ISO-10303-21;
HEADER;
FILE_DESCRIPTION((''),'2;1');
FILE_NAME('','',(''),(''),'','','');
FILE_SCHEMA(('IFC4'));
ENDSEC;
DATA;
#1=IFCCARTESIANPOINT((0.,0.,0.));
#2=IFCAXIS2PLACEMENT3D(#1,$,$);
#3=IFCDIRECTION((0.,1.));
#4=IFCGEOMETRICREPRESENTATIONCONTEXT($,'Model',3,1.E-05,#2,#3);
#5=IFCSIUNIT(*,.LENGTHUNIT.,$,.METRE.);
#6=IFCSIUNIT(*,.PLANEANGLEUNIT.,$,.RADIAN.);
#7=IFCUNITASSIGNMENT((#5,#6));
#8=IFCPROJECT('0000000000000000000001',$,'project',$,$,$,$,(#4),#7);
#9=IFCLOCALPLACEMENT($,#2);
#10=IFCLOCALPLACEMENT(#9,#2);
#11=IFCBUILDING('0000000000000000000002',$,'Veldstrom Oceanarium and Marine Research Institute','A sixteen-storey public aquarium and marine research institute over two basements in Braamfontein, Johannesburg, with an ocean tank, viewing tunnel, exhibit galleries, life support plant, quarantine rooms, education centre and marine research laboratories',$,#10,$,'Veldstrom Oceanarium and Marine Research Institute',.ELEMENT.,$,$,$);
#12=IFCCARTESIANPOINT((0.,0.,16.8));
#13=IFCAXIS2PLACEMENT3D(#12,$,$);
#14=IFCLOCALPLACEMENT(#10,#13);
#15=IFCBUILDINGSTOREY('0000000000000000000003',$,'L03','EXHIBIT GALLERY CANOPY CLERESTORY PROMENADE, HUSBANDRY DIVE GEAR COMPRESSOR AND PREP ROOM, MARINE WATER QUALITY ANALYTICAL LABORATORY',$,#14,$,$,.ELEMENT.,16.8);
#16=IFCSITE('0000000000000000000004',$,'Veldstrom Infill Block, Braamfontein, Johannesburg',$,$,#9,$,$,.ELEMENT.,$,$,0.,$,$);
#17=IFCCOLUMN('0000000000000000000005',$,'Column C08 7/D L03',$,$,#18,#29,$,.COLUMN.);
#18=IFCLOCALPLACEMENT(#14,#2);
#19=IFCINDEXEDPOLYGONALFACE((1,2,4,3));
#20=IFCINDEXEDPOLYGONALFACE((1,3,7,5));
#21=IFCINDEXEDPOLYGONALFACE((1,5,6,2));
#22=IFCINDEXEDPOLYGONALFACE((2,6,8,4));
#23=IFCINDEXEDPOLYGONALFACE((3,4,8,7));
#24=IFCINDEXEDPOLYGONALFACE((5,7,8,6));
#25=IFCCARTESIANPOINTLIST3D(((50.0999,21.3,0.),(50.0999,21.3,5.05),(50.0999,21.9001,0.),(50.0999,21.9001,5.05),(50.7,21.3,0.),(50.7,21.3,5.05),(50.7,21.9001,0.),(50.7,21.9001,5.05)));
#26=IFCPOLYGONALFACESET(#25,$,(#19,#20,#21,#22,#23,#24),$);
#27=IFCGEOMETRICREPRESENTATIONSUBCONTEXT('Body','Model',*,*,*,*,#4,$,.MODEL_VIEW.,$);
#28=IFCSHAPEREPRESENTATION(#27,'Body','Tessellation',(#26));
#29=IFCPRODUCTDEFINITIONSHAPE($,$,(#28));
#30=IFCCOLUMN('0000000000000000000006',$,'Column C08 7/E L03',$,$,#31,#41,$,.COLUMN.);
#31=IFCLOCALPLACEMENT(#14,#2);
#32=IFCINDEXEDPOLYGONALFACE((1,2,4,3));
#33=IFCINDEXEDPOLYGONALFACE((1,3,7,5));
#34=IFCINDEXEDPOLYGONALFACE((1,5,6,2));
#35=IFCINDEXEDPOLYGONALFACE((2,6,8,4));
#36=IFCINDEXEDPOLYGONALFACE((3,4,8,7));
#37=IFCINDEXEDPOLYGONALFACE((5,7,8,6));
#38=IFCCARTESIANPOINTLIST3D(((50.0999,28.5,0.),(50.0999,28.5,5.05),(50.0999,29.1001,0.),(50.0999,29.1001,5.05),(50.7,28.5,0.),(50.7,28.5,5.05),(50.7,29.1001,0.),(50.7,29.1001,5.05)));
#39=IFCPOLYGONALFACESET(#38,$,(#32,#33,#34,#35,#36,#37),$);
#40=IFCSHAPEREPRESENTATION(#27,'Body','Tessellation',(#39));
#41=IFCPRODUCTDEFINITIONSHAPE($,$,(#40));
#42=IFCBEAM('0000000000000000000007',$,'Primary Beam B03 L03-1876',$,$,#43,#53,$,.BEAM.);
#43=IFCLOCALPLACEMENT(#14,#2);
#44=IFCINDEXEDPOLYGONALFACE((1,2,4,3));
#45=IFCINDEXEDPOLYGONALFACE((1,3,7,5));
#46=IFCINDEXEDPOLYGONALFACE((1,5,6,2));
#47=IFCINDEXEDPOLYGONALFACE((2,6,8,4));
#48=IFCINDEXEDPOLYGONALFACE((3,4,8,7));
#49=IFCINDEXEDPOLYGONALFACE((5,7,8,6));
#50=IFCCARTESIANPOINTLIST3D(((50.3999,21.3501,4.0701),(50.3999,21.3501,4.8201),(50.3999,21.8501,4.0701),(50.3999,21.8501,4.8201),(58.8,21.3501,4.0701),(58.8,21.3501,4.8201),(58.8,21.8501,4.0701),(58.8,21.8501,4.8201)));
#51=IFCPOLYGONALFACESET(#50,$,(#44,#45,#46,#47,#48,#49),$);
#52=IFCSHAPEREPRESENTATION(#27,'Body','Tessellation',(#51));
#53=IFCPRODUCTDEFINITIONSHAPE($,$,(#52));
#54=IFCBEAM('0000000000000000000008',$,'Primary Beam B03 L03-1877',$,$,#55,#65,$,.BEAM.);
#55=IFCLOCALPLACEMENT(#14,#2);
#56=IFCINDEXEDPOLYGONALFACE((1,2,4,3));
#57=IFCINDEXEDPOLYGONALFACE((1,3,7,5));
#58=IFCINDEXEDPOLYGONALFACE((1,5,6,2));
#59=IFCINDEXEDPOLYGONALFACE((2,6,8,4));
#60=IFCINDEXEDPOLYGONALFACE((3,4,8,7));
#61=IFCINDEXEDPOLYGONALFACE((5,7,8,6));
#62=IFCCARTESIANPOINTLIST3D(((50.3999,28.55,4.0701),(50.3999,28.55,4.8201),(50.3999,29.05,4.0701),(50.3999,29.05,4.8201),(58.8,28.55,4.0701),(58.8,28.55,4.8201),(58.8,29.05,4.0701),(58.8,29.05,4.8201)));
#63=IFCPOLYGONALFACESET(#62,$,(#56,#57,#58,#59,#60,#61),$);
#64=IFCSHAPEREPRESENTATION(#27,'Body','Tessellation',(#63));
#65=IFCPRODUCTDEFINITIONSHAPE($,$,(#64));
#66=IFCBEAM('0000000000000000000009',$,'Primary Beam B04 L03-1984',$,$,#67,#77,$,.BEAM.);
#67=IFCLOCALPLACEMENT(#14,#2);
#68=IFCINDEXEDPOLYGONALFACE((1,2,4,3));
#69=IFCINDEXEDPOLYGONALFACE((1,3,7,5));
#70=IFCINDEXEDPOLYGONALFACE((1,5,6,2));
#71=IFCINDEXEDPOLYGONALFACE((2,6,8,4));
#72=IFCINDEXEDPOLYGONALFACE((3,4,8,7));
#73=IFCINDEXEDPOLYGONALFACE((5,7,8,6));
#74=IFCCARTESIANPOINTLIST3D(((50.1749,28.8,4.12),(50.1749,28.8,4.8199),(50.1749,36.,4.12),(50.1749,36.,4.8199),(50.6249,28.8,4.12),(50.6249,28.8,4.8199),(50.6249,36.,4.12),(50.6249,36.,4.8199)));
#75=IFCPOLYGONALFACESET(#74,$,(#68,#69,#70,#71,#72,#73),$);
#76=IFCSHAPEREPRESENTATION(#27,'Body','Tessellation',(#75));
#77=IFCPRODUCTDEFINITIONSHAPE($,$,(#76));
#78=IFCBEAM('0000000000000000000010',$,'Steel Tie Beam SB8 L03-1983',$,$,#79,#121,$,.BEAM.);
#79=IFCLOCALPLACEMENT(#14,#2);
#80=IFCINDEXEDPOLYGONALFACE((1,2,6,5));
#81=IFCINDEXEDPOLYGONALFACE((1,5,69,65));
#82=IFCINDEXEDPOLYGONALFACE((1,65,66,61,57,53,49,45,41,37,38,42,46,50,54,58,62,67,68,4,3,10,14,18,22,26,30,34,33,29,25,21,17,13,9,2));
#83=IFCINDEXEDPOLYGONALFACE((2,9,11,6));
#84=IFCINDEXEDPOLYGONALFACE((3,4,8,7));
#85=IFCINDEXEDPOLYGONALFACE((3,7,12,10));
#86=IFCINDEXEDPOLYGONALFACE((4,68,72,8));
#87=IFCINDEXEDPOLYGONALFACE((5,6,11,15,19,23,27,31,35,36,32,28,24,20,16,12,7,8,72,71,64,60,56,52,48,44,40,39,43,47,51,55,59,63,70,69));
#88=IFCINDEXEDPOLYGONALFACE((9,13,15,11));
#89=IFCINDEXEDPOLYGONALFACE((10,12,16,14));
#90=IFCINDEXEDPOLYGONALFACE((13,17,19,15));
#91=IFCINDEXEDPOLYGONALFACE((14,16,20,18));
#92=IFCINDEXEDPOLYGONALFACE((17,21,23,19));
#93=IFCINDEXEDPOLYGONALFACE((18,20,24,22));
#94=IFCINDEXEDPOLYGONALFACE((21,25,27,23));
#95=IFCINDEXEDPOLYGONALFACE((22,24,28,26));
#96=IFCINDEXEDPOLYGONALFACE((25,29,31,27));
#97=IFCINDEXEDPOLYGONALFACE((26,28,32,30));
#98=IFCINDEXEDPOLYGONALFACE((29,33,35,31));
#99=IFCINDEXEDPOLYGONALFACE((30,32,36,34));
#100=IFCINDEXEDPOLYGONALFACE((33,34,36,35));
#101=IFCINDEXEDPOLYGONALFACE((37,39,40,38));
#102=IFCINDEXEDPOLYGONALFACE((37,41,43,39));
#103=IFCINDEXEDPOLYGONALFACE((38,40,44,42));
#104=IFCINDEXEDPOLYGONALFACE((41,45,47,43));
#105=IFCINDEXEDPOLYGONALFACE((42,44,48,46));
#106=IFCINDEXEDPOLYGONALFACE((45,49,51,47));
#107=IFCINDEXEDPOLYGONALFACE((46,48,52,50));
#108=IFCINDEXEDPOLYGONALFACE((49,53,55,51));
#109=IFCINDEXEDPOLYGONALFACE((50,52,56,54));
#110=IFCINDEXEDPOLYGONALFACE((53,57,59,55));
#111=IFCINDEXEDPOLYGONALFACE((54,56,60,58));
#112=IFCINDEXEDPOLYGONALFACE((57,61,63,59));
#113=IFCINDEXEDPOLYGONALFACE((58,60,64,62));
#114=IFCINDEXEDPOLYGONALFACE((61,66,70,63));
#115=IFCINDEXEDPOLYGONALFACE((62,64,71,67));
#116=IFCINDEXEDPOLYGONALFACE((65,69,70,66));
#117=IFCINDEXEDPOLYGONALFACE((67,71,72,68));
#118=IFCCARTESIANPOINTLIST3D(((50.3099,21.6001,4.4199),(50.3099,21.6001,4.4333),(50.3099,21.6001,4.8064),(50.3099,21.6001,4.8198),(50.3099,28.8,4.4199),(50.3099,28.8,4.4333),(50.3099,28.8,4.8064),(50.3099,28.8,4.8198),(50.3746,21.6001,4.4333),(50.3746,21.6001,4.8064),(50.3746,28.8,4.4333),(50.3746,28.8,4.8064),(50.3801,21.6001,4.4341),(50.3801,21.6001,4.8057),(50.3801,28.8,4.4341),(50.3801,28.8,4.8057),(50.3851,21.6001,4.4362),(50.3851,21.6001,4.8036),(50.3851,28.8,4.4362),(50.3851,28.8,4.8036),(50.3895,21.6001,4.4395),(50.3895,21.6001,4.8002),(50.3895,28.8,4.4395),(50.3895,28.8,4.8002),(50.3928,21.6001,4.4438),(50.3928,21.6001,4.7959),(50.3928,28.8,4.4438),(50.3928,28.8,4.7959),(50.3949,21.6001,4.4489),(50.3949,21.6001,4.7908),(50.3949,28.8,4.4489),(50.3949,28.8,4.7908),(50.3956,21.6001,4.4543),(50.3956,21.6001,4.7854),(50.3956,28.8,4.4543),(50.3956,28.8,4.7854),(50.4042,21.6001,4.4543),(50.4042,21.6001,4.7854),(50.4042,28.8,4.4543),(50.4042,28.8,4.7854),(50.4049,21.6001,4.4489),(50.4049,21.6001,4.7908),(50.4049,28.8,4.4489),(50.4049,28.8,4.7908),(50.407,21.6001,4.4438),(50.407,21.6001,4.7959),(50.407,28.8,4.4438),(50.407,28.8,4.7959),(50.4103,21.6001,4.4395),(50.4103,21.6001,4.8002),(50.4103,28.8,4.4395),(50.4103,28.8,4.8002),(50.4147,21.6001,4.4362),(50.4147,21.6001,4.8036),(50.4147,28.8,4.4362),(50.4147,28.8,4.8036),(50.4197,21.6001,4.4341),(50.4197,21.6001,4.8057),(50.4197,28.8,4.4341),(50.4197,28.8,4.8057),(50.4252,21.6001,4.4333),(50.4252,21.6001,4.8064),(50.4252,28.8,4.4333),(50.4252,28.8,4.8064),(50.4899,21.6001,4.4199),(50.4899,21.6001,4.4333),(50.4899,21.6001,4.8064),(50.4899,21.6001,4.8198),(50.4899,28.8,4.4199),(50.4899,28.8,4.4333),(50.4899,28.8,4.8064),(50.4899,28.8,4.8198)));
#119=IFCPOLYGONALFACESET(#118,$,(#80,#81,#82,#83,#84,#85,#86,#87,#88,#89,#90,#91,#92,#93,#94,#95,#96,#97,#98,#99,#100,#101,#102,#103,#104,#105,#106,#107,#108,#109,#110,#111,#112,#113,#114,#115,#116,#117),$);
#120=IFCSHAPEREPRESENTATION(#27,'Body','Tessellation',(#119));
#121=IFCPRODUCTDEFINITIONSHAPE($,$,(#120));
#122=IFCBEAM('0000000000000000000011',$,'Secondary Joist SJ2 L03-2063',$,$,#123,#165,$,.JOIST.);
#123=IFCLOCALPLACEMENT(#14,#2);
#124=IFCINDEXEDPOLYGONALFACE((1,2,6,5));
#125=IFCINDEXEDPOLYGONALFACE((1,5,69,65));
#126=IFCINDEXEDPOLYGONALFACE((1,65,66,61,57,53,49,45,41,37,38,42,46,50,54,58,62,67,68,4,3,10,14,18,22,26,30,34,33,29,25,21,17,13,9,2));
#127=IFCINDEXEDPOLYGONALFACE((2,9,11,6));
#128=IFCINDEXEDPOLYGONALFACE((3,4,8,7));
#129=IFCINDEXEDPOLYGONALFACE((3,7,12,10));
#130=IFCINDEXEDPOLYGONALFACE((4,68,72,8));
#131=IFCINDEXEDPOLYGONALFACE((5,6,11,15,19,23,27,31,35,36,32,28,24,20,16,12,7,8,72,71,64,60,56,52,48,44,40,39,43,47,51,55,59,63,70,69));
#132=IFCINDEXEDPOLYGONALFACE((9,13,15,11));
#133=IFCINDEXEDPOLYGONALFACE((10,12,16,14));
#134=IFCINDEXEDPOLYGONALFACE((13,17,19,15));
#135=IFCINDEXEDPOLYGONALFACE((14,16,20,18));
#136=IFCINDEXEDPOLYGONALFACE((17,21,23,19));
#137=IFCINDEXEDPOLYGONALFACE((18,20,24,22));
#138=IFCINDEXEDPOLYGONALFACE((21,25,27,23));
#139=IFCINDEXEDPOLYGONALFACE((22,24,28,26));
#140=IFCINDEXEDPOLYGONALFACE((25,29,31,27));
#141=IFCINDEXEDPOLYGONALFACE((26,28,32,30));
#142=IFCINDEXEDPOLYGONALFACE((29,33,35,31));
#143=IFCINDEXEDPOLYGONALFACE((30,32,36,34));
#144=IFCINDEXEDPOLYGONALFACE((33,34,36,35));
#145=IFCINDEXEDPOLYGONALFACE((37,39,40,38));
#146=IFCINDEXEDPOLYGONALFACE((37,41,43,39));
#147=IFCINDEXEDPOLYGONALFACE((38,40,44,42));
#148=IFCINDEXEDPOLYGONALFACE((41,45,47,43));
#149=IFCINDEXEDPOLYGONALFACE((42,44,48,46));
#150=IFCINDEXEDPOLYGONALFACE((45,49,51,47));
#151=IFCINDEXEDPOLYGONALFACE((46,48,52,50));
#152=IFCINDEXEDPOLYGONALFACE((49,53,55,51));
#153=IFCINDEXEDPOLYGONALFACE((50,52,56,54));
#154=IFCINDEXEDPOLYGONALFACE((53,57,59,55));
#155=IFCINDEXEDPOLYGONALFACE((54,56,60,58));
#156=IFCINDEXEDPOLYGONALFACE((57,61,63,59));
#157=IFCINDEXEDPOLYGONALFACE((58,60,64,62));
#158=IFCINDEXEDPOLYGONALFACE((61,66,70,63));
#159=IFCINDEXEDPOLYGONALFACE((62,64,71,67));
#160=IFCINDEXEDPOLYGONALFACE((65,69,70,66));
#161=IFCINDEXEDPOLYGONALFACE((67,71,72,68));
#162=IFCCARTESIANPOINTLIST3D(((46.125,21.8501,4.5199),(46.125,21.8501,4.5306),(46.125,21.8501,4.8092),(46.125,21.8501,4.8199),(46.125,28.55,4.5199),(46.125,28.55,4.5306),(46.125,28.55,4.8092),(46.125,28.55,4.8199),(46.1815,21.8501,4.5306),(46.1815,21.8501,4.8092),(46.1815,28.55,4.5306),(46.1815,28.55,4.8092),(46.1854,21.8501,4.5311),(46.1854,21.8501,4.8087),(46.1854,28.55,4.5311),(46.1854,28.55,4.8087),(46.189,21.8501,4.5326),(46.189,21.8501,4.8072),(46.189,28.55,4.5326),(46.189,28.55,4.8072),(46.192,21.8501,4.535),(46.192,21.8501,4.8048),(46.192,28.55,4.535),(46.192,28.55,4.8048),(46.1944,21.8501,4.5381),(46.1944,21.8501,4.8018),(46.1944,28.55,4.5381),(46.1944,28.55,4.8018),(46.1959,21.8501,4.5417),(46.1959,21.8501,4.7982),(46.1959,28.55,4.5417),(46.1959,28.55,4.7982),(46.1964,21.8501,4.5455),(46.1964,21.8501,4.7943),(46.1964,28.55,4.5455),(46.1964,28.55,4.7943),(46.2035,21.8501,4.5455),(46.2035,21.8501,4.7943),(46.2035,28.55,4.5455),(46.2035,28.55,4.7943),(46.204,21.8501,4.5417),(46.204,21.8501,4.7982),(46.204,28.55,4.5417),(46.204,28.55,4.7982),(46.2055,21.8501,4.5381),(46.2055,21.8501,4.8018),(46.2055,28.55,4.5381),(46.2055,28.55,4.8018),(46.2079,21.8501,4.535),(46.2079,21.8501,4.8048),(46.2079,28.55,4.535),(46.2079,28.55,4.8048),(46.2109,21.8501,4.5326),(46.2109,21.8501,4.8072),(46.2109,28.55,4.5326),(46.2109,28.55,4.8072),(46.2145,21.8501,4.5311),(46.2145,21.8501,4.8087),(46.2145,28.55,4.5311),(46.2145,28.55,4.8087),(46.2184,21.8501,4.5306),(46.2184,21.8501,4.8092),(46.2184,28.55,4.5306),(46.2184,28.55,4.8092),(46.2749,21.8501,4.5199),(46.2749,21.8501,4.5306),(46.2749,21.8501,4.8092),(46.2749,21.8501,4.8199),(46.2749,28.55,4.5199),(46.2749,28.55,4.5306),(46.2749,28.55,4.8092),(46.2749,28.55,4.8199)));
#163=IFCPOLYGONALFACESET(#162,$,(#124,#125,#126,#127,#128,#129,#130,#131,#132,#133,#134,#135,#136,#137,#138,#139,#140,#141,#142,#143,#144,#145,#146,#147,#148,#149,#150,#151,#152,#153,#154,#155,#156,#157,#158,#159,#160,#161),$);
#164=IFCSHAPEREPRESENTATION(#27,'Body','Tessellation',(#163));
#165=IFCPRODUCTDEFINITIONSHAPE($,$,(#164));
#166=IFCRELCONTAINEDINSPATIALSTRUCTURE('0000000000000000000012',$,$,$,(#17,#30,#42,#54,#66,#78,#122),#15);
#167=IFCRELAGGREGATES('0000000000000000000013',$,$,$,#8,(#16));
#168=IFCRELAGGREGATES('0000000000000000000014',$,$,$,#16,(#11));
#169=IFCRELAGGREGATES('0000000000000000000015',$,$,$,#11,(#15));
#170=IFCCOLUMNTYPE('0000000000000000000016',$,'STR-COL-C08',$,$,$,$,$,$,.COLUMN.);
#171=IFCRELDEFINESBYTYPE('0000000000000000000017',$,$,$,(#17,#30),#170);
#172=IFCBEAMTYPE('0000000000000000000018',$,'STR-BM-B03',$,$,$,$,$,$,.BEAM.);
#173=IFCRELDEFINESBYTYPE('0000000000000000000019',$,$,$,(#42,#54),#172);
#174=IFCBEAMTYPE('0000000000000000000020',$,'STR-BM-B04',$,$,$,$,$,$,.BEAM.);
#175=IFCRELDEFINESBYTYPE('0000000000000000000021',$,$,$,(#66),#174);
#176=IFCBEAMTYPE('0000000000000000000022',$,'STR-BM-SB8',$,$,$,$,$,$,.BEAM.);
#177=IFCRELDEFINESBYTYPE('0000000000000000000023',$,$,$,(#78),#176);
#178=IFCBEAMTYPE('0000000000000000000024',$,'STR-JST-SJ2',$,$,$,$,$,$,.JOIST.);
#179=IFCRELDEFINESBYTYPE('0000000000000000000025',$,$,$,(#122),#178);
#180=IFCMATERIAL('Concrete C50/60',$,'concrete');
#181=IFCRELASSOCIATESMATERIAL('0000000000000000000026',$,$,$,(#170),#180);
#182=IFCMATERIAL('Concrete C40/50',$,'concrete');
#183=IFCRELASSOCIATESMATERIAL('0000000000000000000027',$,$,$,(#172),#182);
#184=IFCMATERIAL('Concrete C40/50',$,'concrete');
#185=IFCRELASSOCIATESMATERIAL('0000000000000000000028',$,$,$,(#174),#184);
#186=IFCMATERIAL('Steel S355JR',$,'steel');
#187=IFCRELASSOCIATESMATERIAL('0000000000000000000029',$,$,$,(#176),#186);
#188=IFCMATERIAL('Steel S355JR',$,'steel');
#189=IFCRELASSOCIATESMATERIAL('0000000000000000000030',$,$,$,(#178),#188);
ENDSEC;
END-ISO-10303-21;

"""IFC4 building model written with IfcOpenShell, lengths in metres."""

from ifc_helpers import new_model, si_unit, direction, frame, origin, origin_2d, place, context, subcontext, project, spatial, rectangle, i_section, extrude, material, material_profile, profile_set, type_object, element, save


model = new_model("IFC4")

# Units and contexts
model_context = context("Model", 3, precision=1e-05, world=origin(), true_north=direction((0.0, 1.0)))
body_context = subcontext(model_context, "Body", "Model", "MODEL_VIEW")
ifc_project = project(units=[si_unit("LENGTHUNIT", "METRE"), si_unit("PLANEANGLEUNIT", "RADIAN")], contexts=[model_context])

# Site, building, storey
site_placement = place(None, origin())
site = spatial("IfcSite", under=ifc_project, at=site_placement, Name="Veldstrom Infill Block, Braamfontein, Johannesburg", CompositionType="ELEMENT", RefElevation=0.0)
building_placement = place(site_placement, origin())
building = spatial("IfcBuilding", under=site, at=building_placement, Name="Veldstrom Oceanarium and Marine Research Institute", Description="A sixteen-storey public aquarium and marine research institute over two basements in Braamfontein, Johannesburg, with an ocean tank, viewing tunnel, exhibit galleries, life support plant, quarantine rooms, education centre and marine research laboratories", LongName="Veldstrom Oceanarium and Marine Research Institute", CompositionType="ELEMENT")
storey_placement = place(building_placement, frame((0.0, 0.0, 16.8)))
storey = spatial("IfcBuildingStorey", under=building, at=storey_placement, Name="L03", Description="EXHIBIT GALLERY CANOPY CLERESTORY PROMENADE, HUSBANDRY DIVE GEAR COMPRESSOR AND PREP ROOM, MARINE WATER QUALITY ANALYTICAL LABORATORY", CompositionType="ELEMENT", Elevation=16.8)

# Columns
ifc_material_1 = material(Name="Concrete C50/60", Category="concrete")
ifc_material_profile_1 = material_profile(ifc_material_1, rectangle(XDim=0.6001, YDim=0.6001, at=origin_2d()), Name="RC-COL-600x600")
ifc_profile_set_1 = profile_set([ifc_material_profile_1], Name="Concrete C50/60")
column_type = type_object("IfcColumnType", Name="STR-COL-C08", PredefinedType="COLUMN", material=ifc_profile_set_1)
for number, where, z_axis, x_axis, name in (
    (1, (50.3999, 21.6001, 0.0), (0.0, 0.0, 1.0), (1.0, 0.0, 0.0), "Column C08 7/D L03"),
    (2, (50.3999, 28.8, 0.0), (0.0, 0.0, 1.0), (1.0, 0.0, 0.0), "Column C08 7/E L03"),
):
    element("IfcColumn", number, at=place(storey_placement, frame(where, z_axis=z_axis, x_axis=x_axis)), inside=storey, type_object=column_type, Name=name, PredefinedType="COLUMN", context=body_context, shape_type="SweptSolid", body=[
        extrude(rectangle(XDim=0.6001, YDim=0.6001, at=origin_2d()), origin(), (0.0, 0.0, 1.0), 5.05),
    ])

# Beams
ifc_material_2 = material(Name="Concrete C40/50", Category="concrete")
ifc_material_profile_2 = material_profile(ifc_material_2, rectangle(XDim=0.5, YDim=0.75, at=origin_2d()), Name="RC-BM-500x750")
ifc_profile_set_2 = profile_set([ifc_material_profile_2], Name="Concrete C40/50")
beam_type_1 = type_object("IfcBeamType", Name="STR-BM-B03", PredefinedType="BEAM", material=ifc_profile_set_2)
for number, where, z_axis, x_axis, name in (
    (3, (50.3999, 21.6001, 4.4451), (1.0, 0.0, 0.0), (0.0, 1.0, 0.0), "Primary Beam B03 L03-1876"),
    (4, (50.3999, 28.8, 4.4451), (1.0, 0.0, 0.0), (0.0, 1.0, 0.0), "Primary Beam B03 L03-1877"),
):
    element("IfcBeam", number, at=place(storey_placement, frame(where, z_axis=z_axis, x_axis=x_axis)), inside=storey, type_object=beam_type_1, Name=name, PredefinedType="BEAM", context=body_context, shape_type="SweptSolid", body=[
        extrude(rectangle(XDim=0.5, YDim=0.75, at=origin_2d()), origin(), (0.0, 0.0, 1.0), 8.4001),
    ])
ifc_material_3 = material(Name="Concrete C40/50", Category="concrete")
ifc_material_profile_3 = material_profile(ifc_material_3, rectangle(XDim=0.45, YDim=0.7, at=origin_2d()), Name="RC-BM-450x700")
ifc_profile_set_3 = profile_set([ifc_material_profile_3], Name="Concrete C40/50")
beam_type_2 = type_object("IfcBeamType", Name="STR-BM-B04", PredefinedType="BEAM", material=ifc_profile_set_3)
beam_1_placement = place(storey_placement, frame((50.3999, 28.8, 4.47), z_axis=(0.0, 1.0, 0.0), x_axis=(-1.0, 0.0, 0.0)))
element("IfcBeam", 5, at=beam_1_placement, inside=storey, type_object=beam_type_2, Name="Primary Beam B04 L03-1984", PredefinedType="BEAM", context=body_context, shape_type="SweptSolid", body=[
    extrude(rectangle(XDim=0.45, YDim=0.7, at=origin_2d()), origin(), (0.0, 0.0, 1.0), 7.2),
])
ifc_material_4 = material(Name="Steel S355JR", Category="steel")
ifc_material_profile_4 = material_profile(ifc_material_4, i_section(OverallWidth=0.1799, OverallDepth=0.3999, WebThickness=0.0085, FlangeThickness=0.0134, FilletRadius=0.021, at=origin_2d()), Name="IPE 400")
ifc_profile_set_4 = profile_set([ifc_material_profile_4], Name="Steel S355JR")
beam_type_3 = type_object("IfcBeamType", Name="STR-BM-SB8", PredefinedType="BEAM", material=ifc_profile_set_4)
beam_2_placement = place(storey_placement, frame((50.3999, 21.6001, 4.6199), z_axis=(0.0, 1.0, 0.0), x_axis=(-1.0, 0.0, 0.0)))
element("IfcBeam", 6, at=beam_2_placement, inside=storey, type_object=beam_type_3, Name="Steel Tie Beam SB8 L03-1983", PredefinedType="BEAM", context=body_context, shape_type="SweptSolid", body=[
    extrude(i_section(OverallWidth=0.1799, OverallDepth=0.3999, WebThickness=0.0085, FlangeThickness=0.0134, FilletRadius=0.021, at=origin_2d()), origin(), (0.0, 0.0, 1.0), 7.2),
])
ifc_material_5 = material(Name="Steel S355JR", Category="steel")
ifc_material_profile_5 = material_profile(ifc_material_5, i_section(OverallWidth=0.1499, OverallDepth=0.3, WebThickness=0.0071, FlangeThickness=0.0107, FilletRadius=0.0149, at=origin_2d()), Name="IPE 300")
ifc_profile_set_5 = profile_set([ifc_material_profile_5], Name="Steel S355JR")
beam_type_4 = type_object("IfcBeamType", Name="STR-JST-SJ2", PredefinedType="JOIST", material=ifc_profile_set_5)
beam_3_placement = place(storey_placement, frame((46.2, 21.8501, 4.6699), z_axis=(0.0, 1.0, 0.0), x_axis=(-1.0, 0.0, 0.0)))
element("IfcBeam", 7, at=beam_3_placement, inside=storey, type_object=beam_type_4, Name="Secondary Joist SJ2 L03-2063", PredefinedType="JOIST", context=body_context, shape_type="SweptSolid", body=[
    extrude(i_section(OverallWidth=0.1499, OverallDepth=0.3, WebThickness=0.0071, FlangeThickness=0.0107, FilletRadius=0.0149, at=origin_2d()), origin(), (0.0, 0.0, 1.0), 6.7),
])

save(model, "model.ifc")
